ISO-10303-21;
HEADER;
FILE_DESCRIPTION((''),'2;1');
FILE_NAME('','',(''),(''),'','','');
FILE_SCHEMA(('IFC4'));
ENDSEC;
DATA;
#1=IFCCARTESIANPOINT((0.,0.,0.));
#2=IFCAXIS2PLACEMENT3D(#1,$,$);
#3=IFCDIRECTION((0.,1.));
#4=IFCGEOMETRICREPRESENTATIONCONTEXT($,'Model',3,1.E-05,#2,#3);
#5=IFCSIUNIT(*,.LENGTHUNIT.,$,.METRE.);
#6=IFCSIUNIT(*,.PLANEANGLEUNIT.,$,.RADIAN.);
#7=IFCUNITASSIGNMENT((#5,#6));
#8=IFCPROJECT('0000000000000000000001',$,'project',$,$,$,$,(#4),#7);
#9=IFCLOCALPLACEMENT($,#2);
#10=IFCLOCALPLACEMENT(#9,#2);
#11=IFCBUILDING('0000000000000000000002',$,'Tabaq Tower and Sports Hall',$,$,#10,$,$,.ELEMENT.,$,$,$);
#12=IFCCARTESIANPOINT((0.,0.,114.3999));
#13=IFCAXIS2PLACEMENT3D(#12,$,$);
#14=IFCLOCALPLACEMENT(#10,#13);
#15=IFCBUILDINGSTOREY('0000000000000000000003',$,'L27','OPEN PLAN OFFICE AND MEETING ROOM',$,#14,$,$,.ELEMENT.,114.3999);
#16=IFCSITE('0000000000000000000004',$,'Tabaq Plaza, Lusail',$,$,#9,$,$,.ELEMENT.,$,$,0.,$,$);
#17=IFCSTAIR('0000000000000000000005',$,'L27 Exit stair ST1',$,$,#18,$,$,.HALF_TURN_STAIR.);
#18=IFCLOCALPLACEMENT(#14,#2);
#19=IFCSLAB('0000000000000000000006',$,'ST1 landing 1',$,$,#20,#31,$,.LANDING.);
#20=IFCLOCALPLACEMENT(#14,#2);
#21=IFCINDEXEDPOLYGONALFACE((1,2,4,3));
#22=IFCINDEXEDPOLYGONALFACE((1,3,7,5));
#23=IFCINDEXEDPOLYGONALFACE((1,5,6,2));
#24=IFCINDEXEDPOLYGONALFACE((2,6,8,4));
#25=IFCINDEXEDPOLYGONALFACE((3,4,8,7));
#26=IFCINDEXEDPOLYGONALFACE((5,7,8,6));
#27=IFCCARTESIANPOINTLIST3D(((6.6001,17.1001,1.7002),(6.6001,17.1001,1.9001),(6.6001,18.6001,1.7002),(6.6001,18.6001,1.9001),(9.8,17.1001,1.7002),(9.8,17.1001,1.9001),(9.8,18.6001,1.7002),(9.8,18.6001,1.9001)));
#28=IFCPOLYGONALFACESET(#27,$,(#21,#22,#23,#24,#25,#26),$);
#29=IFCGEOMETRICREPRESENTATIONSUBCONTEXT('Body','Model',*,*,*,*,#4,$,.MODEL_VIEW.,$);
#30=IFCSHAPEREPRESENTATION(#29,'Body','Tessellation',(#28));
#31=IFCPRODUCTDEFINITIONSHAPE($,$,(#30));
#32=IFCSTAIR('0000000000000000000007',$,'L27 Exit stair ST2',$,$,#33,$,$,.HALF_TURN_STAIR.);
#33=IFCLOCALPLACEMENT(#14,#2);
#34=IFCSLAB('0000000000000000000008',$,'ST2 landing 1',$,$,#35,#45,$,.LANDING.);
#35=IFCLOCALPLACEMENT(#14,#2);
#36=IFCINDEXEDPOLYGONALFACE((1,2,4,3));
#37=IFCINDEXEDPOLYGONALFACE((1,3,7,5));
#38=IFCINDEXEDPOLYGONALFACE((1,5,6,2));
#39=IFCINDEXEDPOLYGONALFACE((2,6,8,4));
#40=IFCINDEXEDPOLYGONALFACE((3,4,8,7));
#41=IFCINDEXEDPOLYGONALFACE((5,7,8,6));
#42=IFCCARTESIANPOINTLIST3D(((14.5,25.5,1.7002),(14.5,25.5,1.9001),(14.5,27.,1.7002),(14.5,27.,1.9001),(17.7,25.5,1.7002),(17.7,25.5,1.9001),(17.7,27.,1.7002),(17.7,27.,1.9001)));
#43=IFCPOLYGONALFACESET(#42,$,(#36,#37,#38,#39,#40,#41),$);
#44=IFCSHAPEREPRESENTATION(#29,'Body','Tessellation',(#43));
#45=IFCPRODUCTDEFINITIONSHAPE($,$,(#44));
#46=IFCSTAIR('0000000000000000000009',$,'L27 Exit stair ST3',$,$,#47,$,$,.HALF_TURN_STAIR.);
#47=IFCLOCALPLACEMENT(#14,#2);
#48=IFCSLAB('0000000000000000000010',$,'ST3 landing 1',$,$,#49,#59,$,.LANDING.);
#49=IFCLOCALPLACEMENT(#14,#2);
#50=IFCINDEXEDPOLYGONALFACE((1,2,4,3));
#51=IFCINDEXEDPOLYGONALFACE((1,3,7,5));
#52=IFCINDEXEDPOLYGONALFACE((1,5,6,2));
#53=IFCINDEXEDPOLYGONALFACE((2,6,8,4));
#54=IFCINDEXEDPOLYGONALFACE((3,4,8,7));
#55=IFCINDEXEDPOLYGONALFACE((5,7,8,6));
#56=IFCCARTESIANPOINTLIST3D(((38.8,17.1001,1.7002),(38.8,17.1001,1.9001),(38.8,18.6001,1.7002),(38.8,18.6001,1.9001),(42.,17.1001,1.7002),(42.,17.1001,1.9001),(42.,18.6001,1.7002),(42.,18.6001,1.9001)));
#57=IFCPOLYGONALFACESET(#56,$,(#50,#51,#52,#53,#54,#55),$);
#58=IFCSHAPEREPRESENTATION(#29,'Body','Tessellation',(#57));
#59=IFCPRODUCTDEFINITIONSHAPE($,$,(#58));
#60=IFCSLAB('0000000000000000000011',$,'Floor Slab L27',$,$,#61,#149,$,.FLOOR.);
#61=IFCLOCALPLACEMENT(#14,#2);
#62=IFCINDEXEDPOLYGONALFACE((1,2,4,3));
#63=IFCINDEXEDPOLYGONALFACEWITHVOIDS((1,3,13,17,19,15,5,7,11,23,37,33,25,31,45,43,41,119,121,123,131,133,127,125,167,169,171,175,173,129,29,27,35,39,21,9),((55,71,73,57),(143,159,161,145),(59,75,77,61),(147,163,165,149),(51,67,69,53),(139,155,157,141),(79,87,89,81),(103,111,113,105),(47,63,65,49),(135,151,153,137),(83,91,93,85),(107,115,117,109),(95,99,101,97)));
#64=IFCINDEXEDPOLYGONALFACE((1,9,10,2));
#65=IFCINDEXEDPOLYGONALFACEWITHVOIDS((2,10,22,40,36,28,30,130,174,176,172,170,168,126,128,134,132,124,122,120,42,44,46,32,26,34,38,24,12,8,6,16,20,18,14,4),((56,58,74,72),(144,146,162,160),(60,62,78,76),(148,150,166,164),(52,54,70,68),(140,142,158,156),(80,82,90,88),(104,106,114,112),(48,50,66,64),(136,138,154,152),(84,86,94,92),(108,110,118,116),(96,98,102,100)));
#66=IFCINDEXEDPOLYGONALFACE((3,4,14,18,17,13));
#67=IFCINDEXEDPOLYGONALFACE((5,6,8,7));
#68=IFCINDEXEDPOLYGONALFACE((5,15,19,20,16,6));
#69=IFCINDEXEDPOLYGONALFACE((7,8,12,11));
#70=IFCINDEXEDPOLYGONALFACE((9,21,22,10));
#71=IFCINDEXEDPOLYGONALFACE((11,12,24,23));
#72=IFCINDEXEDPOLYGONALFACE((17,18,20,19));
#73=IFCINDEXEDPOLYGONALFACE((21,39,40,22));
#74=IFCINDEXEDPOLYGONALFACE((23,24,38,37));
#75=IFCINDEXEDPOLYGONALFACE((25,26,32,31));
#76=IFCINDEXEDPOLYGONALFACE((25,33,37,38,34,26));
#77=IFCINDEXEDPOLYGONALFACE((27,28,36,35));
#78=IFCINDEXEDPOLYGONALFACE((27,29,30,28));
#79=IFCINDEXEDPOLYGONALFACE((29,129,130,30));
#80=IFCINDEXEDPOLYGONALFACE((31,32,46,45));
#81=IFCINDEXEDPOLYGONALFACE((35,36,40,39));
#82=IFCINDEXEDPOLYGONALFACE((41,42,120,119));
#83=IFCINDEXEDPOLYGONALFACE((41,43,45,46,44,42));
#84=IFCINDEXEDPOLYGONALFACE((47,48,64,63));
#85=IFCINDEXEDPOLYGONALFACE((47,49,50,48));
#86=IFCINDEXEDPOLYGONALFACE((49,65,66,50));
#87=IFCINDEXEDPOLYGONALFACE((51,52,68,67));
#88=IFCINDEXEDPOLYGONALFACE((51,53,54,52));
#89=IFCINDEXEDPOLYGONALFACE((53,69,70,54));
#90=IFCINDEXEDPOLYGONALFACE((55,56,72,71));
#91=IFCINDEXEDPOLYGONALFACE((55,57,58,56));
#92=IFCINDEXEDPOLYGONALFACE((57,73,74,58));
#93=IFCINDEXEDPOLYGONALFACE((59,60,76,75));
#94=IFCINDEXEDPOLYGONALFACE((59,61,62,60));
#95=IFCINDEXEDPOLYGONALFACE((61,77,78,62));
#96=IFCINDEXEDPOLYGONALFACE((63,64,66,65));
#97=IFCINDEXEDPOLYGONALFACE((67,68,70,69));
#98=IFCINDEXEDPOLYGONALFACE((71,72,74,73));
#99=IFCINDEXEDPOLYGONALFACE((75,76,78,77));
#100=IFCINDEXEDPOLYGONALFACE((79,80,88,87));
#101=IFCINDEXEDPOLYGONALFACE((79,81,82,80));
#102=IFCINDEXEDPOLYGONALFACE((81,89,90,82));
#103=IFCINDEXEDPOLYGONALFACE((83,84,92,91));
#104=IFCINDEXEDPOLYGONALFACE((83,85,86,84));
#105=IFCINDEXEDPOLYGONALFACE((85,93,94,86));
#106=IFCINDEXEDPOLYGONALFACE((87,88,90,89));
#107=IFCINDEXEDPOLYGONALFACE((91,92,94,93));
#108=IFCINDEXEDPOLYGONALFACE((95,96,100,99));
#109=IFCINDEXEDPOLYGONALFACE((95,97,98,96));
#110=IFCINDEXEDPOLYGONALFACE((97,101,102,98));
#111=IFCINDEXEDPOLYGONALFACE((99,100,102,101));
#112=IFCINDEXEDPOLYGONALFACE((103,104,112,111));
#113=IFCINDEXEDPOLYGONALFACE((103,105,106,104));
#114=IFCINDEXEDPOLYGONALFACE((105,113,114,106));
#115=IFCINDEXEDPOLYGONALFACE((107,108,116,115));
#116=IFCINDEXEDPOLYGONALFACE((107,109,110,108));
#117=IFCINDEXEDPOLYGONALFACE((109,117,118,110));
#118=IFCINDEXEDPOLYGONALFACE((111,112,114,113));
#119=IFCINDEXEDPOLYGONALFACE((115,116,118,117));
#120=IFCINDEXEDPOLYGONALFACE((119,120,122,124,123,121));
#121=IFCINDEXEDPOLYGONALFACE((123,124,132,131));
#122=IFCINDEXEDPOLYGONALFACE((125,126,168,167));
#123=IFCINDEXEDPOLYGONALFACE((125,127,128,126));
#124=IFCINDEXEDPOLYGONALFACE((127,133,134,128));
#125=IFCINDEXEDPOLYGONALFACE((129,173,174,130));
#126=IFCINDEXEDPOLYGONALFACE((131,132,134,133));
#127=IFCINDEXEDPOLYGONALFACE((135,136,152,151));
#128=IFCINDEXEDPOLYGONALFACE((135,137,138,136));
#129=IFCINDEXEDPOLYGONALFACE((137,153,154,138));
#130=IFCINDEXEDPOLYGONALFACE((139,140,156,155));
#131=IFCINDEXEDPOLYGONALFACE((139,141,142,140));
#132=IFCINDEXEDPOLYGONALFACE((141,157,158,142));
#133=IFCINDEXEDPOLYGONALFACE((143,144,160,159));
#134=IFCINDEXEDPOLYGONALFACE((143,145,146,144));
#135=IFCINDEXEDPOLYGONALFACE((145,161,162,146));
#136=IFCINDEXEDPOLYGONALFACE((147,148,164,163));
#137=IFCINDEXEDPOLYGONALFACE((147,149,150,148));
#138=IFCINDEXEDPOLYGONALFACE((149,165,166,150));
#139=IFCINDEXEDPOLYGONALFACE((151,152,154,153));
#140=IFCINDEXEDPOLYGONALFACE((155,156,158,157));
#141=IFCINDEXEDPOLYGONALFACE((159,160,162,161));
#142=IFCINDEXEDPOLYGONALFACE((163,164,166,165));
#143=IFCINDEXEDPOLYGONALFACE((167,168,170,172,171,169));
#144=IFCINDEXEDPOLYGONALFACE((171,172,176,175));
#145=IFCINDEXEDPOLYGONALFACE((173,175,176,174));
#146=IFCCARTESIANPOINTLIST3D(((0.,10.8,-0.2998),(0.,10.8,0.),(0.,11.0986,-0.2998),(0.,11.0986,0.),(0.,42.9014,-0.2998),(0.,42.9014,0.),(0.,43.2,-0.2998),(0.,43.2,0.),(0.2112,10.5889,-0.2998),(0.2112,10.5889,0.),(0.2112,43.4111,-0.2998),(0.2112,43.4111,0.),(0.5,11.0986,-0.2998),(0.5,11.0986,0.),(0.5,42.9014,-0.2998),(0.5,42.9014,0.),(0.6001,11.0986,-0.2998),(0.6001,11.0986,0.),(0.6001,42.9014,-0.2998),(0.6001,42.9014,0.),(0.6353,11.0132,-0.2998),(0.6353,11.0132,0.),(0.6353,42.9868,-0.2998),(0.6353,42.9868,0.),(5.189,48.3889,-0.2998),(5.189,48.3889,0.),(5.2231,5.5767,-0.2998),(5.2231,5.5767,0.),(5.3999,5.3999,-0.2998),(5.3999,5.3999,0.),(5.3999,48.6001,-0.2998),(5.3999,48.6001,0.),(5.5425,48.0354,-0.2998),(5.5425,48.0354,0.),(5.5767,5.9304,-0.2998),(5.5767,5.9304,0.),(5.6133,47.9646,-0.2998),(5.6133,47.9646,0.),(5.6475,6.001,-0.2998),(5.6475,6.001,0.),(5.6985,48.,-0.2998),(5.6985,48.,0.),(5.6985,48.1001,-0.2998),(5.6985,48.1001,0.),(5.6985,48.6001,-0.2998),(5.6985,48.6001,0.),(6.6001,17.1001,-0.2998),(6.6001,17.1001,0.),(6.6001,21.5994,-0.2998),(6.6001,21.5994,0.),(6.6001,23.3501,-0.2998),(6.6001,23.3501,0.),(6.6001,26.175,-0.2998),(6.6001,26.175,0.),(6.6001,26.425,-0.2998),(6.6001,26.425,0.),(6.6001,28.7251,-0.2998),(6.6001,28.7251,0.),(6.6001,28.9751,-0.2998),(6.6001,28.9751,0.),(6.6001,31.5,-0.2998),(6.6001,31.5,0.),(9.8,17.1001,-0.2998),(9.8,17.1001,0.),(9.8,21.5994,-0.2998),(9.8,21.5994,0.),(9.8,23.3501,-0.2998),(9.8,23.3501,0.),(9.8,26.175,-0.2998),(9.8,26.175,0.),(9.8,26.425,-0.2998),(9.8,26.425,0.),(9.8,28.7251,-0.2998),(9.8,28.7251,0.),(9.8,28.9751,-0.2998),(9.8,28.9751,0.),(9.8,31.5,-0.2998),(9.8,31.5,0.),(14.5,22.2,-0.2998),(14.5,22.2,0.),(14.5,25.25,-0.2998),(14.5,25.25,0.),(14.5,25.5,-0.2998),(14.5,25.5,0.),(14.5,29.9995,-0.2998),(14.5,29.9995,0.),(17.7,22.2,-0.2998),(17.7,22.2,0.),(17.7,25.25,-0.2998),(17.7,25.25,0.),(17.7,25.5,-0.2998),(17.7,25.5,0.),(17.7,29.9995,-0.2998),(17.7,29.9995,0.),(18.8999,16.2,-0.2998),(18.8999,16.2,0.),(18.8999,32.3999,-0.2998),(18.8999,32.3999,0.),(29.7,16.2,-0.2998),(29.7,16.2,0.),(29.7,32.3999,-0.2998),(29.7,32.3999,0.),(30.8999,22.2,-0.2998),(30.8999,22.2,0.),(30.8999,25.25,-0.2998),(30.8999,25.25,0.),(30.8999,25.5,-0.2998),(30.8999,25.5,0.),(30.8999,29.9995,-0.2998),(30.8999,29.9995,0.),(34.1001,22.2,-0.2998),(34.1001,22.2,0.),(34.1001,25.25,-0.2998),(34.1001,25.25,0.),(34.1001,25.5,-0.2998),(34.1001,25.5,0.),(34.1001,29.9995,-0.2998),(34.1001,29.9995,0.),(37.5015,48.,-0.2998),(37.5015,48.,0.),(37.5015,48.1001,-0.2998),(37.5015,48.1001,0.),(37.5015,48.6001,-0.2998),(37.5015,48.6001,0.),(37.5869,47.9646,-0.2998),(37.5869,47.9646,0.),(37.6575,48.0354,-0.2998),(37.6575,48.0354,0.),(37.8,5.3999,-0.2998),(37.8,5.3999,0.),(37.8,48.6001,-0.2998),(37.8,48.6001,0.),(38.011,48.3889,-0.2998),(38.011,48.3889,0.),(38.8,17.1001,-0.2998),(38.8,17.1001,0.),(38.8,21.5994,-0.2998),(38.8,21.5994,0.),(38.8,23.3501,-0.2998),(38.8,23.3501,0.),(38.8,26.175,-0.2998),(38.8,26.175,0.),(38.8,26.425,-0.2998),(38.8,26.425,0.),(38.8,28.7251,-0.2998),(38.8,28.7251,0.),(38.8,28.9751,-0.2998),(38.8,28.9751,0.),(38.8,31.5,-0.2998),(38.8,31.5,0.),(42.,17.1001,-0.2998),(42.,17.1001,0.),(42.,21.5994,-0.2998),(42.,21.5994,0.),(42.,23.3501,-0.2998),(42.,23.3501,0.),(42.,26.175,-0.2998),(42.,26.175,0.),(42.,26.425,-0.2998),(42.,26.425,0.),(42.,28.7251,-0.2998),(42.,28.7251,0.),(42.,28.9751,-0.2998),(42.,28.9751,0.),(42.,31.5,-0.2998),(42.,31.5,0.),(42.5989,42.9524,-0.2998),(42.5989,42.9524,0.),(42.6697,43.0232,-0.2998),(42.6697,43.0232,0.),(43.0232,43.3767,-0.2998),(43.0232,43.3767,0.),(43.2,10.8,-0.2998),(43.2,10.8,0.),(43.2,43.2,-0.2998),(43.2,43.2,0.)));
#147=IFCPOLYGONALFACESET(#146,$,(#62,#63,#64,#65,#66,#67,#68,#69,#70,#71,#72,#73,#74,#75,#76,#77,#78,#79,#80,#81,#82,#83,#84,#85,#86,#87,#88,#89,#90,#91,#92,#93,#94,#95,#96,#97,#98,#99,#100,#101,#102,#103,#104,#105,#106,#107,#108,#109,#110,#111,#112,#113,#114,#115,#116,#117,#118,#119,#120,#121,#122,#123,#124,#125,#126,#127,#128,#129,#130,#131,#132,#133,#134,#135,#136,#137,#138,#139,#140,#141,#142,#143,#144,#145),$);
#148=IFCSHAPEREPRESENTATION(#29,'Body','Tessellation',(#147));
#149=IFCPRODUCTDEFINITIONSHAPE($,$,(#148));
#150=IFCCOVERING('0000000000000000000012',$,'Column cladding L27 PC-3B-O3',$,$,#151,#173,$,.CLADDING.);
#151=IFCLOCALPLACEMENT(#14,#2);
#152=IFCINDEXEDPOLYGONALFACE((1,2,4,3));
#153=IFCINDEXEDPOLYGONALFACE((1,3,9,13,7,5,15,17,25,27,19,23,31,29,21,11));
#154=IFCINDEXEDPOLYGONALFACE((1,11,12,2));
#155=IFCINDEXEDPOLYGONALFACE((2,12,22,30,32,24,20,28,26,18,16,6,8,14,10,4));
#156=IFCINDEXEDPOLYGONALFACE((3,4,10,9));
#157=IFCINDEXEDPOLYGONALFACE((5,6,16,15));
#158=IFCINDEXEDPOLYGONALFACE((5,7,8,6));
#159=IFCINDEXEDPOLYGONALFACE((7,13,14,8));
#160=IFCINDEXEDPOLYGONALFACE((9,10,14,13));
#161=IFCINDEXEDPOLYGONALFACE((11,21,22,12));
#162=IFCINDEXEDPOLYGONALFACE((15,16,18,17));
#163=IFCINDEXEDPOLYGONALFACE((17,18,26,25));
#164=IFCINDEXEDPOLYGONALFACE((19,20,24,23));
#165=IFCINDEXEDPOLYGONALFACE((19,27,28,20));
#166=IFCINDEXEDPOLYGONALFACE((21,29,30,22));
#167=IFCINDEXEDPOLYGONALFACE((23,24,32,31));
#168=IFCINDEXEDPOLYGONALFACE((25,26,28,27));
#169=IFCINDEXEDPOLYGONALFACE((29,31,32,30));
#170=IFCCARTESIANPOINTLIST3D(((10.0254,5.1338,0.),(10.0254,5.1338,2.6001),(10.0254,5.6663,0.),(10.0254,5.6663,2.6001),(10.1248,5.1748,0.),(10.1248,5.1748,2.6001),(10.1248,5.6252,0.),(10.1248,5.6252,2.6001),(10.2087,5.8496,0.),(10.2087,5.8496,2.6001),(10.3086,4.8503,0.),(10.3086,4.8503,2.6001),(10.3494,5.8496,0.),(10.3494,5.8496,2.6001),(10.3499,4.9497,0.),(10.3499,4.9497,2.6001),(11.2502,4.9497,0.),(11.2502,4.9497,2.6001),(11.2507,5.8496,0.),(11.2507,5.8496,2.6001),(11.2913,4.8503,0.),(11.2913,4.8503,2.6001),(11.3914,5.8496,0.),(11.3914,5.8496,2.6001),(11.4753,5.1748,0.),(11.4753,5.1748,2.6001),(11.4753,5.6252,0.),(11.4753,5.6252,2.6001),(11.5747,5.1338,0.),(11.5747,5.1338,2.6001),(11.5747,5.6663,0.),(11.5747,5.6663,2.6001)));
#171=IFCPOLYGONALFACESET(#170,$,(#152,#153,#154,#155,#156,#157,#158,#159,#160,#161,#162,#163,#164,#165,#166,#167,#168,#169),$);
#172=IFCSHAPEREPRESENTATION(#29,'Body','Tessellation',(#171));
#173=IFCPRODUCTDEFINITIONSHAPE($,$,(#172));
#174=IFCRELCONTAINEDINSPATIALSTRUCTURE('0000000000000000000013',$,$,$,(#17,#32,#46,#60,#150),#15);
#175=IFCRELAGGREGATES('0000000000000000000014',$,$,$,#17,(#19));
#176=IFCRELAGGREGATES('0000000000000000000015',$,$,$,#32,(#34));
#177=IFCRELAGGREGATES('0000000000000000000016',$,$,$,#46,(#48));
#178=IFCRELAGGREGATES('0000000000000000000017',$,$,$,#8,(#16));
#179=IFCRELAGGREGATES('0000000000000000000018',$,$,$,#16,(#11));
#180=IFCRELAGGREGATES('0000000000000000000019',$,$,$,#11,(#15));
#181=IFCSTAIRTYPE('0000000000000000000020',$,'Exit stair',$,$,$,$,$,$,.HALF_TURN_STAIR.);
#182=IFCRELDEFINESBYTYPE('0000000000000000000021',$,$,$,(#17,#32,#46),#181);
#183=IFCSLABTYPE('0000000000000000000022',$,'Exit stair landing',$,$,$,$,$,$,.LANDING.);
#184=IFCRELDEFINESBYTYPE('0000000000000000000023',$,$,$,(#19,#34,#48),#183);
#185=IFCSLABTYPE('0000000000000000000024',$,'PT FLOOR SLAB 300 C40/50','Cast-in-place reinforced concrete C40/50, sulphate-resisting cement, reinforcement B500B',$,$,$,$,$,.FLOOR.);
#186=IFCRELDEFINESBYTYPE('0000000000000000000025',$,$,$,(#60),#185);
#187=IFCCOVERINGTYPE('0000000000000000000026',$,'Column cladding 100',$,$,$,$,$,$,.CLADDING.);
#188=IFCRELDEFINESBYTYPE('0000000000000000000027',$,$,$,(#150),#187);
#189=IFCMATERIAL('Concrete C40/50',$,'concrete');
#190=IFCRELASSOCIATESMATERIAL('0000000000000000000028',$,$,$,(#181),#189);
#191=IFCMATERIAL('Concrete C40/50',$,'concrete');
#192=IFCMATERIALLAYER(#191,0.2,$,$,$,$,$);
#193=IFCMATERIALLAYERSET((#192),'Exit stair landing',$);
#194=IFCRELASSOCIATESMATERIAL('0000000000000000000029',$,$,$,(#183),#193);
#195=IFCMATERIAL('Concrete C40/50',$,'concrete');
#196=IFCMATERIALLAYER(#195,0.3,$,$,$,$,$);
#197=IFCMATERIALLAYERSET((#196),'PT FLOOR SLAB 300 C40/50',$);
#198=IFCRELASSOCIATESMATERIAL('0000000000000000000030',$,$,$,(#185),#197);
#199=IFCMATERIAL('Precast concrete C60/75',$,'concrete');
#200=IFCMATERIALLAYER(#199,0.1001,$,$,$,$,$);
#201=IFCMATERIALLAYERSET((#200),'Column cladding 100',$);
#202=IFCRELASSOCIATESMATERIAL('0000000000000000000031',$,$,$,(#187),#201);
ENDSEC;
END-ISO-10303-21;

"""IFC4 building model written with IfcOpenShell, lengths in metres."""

from ifc_helpers import new_model, si_unit, direction, frame, origin, place, context, subcontext, project, spatial, polyline, outline, extrude, material, layer, layer_set, type_object, element, aggregate, save


model = new_model("IFC4")

# Units and contexts
model_context = context("Model", 3, precision=1e-05, world=origin(), true_north=direction((0.0, 1.0)))
body_context = subcontext(model_context, "Body", "Model", "MODEL_VIEW")
ifc_project = project(units=[si_unit("LENGTHUNIT", "METRE"), si_unit("PLANEANGLEUNIT", "RADIAN")], contexts=[model_context])

# Site, building, storey
site_placement = place(None, origin())
site = spatial("IfcSite", under=ifc_project, at=site_placement, Name="Tabaq Plaza, Lusail", CompositionType="ELEMENT", RefElevation=0.0)
building_placement = place(site_placement, origin())
building = spatial("IfcBuilding", under=site, at=building_placement, Name="Tabaq Tower and Sports Hall", CompositionType="ELEMENT")
storey_placement = place(building_placement, frame((0.0, 0.0, 114.3999)))
storey = spatial("IfcBuildingStorey", under=building, at=storey_placement, Name="L27", Description="OPEN PLAN OFFICE AND MEETING ROOM", CompositionType="ELEMENT", Elevation=114.3999)

# Stairs, slabs
ifc_material_1 = material(Name="Concrete C40/50", Category="concrete")
stair_type = type_object("IfcStairType", Name="Exit stair", PredefinedType="HALF_TURN_STAIR", material=ifc_material_1)
stair_1_placement = place(storey_placement, origin())
stair_1 = element("IfcStair", 1, at=stair_1_placement, inside=storey, type_object=stair_type, Name="L27 Exit stair ST1", PredefinedType="HALF_TURN_STAIR")
ifc_material_2 = material(Name="Concrete C40/50", Category="concrete")
ifc_layer_1 = layer(ifc_material_2, 0.2)
ifc_layer_set_1 = layer_set([ifc_layer_1], Name="Exit stair landing")
slab_type_1 = type_object("IfcSlabType", Name="Exit stair landing", PredefinedType="LANDING", material=ifc_layer_set_1)
slab_1_placement = place(storey_placement, frame((0.0, 0.0, 1.7002)))
slab_1 = element("IfcSlab", 2, at=slab_1_placement, type_object=slab_type_1, Name="ST1 landing 1", PredefinedType="LANDING", context=body_context, shape_type="SweptSolid", body=[
    extrude(outline(polyline([(6.6001, 18.6001), (6.6001, 17.1001), (9.8, 17.1001), (9.8, 18.6001), (6.6001, 18.6001)])), origin(), (0.0, 0.0, 1.0), 0.2),
])
aggregate(stair_1, [slab_1])
stair_2_placement = place(storey_placement, origin())
stair_2 = element("IfcStair", 3, at=stair_2_placement, inside=storey, type_object=stair_type, Name="L27 Exit stair ST2", PredefinedType="HALF_TURN_STAIR")
slab_2_placement = place(storey_placement, frame((0.0, 0.0, 1.7002)))
slab_2 = element("IfcSlab", 4, at=slab_2_placement, type_object=slab_type_1, Name="ST2 landing 1", PredefinedType="LANDING", context=body_context, shape_type="SweptSolid", body=[
    extrude(outline(polyline([(14.5, 27.0), (14.5, 25.5), (17.7, 25.5), (17.7, 27.0), (14.5, 27.0)])), origin(), (0.0, 0.0, 1.0), 0.2),
])
aggregate(stair_2, [slab_2])
stair_3_placement = place(storey_placement, origin())
stair_3 = element("IfcStair", 5, at=stair_3_placement, inside=storey, type_object=stair_type, Name="L27 Exit stair ST3", PredefinedType="HALF_TURN_STAIR")
slab_3_placement = place(storey_placement, frame((0.0, 0.0, 1.7002)))
slab_3 = element("IfcSlab", 6, at=slab_3_placement, type_object=slab_type_1, Name="ST3 landing 1", PredefinedType="LANDING", context=body_context, shape_type="SweptSolid", body=[
    extrude(outline(polyline([(38.8, 18.6001), (38.8, 17.1001), (42.0, 17.1001), (42.0, 18.6001), (38.8, 18.6001)])), origin(), (0.0, 0.0, 1.0), 0.2),
])
aggregate(stair_3, [slab_3])

# Slab
ifc_material_3 = material(Name="Concrete C40/50", Category="concrete")
ifc_layer_2 = layer(ifc_material_3, 0.3)
ifc_layer_set_2 = layer_set([ifc_layer_2], Name="PT FLOOR SLAB 300 C40/50")
slab_type_2 = type_object("IfcSlabType", Name="PT FLOOR SLAB 300 C40/50", Description="Cast-in-place reinforced concrete C40/50, sulphate-resisting cement, reinforcement B500B", PredefinedType="FLOOR", material=ifc_layer_set_2)
slab_4_placement = place(storey_placement, frame((0.0, 0.0, -0.2998)))
element("IfcSlab", 7, at=slab_4_placement, inside=storey, type_object=slab_type_2, Name="Floor Slab L27", PredefinedType="FLOOR", context=body_context, shape_type="SweptSolid", body=[
    extrude(outline(polyline([(0.0, 11.0986), (0.0, 10.8), (0.2112, 10.5889), (0.6353, 11.0132), (5.6475, 6.001), (5.5767, 5.9304), (5.2231, 5.5767), (5.3999, 5.3999), (37.8, 5.3999), (43.2, 10.8), (43.2, 43.2), (43.0232, 43.3767), (42.6697, 43.0232), (42.5989, 42.9524), (37.5869, 47.9646), (37.6575, 48.0354), (38.011, 48.3889), (37.8, 48.6001), (37.5015, 48.6001), (37.5015, 48.1001), (37.5015, 48.0), (5.6985, 48.0), (5.6985, 48.1001), (5.6985, 48.6001), (5.3999, 48.6001), (5.189, 48.3889), (5.5425, 48.0354), (5.6133, 47.9646), (0.6353, 42.9868), (0.2112, 43.4111), (0.0, 43.2), (0.0, 42.9014), (0.5, 42.9014), (0.6001, 42.9014), (0.6001, 11.0986), (0.5, 11.0986), (0.0, 11.0986)]), holes=[polyline([(6.6001, 21.5994), (9.8, 21.5994), (9.8, 17.1001), (6.6001, 17.1001), (6.6001, 21.5994)]), polyline([(17.7, 25.25), (17.7, 22.2), (14.5, 22.2), (14.5, 25.25), (17.7, 25.25)]), polyline([(18.8999, 32.3999), (29.7, 32.3999), (29.7, 16.2), (18.8999, 16.2), (18.8999, 32.3999)]), polyline([(6.6001, 26.175), (9.8, 26.175), (9.8, 23.3501), (6.6001, 23.3501), (6.6001, 26.175)]), polyline([(9.8, 28.7251), (9.8, 26.425), (6.6001, 26.425), (6.6001, 28.7251), (9.8, 28.7251)]), polyline([(17.7, 29.9995), (17.7, 25.5), (14.5, 25.5), (14.5, 29.9995), (17.7, 29.9995)]), polyline([(6.6001, 31.5), (9.8, 31.5), (9.8, 28.9751), (6.6001, 28.9751), (6.6001, 31.5)]), polyline([(42.0, 21.5994), (42.0, 17.1001), (38.8, 17.1001), (38.8, 21.5994), (42.0, 21.5994)]), polyline([(34.1001, 25.25), (34.1001, 22.2), (30.8999, 22.2), (30.8999, 25.25), (34.1001, 25.25)]), polyline([(42.0, 26.175), (42.0, 23.3501), (38.8, 23.3501), (38.8, 26.175), (42.0, 26.175)]), polyline([(42.0, 28.7251), (42.0, 26.425), (38.8, 26.425), (38.8, 28.7251), (42.0, 28.7251)]), polyline([(34.1001, 29.9995), (34.1001, 25.5), (30.8999, 25.5), (30.8999, 29.9995), (34.1001, 29.9995)]), polyline([(42.0, 31.5), (42.0, 28.9751), (38.8, 28.9751), (38.8, 31.5), (42.0, 31.5)])]), origin(), (0.0, 0.0, 1.0), 0.2998),
])

# Covering
ifc_material_4 = material(Name="Precast concrete C60/75", Category="concrete")
ifc_layer_3 = layer(ifc_material_4, 0.1001)
ifc_layer_set_3 = layer_set([ifc_layer_3], Name="Column cladding 100")
covering_type = type_object("IfcCoveringType", Name="Column cladding 100", PredefinedType="CLADDING", material=ifc_layer_set_3)
covering_1_placement = place(storey_placement, origin())
element("IfcCovering", 8, at=covering_1_placement, inside=storey, type_object=covering_type, Name="Column cladding L27 PC-3B-O3", PredefinedType="CLADDING", context=body_context, shape_type="SweptSolid", body=[
    extrude(outline(polyline([(10.0254, 5.6663), (10.2087, 5.8496), (10.3494, 5.8496), (10.1248, 5.6252), (10.1248, 5.1748), (10.3499, 4.9497), (11.2502, 4.9497), (11.4753, 5.1748), (11.4753, 5.6252), (11.2507, 5.8496), (11.3914, 5.8496), (11.5747, 5.6663), (11.5747, 5.1338), (11.2913, 4.8503), (10.3086, 4.8503), (10.0254, 5.1338), (10.0254, 5.6663)])), origin(), (0.0, 0.0, 1.0), 2.6001),
])

save(model, "model.ifc")
